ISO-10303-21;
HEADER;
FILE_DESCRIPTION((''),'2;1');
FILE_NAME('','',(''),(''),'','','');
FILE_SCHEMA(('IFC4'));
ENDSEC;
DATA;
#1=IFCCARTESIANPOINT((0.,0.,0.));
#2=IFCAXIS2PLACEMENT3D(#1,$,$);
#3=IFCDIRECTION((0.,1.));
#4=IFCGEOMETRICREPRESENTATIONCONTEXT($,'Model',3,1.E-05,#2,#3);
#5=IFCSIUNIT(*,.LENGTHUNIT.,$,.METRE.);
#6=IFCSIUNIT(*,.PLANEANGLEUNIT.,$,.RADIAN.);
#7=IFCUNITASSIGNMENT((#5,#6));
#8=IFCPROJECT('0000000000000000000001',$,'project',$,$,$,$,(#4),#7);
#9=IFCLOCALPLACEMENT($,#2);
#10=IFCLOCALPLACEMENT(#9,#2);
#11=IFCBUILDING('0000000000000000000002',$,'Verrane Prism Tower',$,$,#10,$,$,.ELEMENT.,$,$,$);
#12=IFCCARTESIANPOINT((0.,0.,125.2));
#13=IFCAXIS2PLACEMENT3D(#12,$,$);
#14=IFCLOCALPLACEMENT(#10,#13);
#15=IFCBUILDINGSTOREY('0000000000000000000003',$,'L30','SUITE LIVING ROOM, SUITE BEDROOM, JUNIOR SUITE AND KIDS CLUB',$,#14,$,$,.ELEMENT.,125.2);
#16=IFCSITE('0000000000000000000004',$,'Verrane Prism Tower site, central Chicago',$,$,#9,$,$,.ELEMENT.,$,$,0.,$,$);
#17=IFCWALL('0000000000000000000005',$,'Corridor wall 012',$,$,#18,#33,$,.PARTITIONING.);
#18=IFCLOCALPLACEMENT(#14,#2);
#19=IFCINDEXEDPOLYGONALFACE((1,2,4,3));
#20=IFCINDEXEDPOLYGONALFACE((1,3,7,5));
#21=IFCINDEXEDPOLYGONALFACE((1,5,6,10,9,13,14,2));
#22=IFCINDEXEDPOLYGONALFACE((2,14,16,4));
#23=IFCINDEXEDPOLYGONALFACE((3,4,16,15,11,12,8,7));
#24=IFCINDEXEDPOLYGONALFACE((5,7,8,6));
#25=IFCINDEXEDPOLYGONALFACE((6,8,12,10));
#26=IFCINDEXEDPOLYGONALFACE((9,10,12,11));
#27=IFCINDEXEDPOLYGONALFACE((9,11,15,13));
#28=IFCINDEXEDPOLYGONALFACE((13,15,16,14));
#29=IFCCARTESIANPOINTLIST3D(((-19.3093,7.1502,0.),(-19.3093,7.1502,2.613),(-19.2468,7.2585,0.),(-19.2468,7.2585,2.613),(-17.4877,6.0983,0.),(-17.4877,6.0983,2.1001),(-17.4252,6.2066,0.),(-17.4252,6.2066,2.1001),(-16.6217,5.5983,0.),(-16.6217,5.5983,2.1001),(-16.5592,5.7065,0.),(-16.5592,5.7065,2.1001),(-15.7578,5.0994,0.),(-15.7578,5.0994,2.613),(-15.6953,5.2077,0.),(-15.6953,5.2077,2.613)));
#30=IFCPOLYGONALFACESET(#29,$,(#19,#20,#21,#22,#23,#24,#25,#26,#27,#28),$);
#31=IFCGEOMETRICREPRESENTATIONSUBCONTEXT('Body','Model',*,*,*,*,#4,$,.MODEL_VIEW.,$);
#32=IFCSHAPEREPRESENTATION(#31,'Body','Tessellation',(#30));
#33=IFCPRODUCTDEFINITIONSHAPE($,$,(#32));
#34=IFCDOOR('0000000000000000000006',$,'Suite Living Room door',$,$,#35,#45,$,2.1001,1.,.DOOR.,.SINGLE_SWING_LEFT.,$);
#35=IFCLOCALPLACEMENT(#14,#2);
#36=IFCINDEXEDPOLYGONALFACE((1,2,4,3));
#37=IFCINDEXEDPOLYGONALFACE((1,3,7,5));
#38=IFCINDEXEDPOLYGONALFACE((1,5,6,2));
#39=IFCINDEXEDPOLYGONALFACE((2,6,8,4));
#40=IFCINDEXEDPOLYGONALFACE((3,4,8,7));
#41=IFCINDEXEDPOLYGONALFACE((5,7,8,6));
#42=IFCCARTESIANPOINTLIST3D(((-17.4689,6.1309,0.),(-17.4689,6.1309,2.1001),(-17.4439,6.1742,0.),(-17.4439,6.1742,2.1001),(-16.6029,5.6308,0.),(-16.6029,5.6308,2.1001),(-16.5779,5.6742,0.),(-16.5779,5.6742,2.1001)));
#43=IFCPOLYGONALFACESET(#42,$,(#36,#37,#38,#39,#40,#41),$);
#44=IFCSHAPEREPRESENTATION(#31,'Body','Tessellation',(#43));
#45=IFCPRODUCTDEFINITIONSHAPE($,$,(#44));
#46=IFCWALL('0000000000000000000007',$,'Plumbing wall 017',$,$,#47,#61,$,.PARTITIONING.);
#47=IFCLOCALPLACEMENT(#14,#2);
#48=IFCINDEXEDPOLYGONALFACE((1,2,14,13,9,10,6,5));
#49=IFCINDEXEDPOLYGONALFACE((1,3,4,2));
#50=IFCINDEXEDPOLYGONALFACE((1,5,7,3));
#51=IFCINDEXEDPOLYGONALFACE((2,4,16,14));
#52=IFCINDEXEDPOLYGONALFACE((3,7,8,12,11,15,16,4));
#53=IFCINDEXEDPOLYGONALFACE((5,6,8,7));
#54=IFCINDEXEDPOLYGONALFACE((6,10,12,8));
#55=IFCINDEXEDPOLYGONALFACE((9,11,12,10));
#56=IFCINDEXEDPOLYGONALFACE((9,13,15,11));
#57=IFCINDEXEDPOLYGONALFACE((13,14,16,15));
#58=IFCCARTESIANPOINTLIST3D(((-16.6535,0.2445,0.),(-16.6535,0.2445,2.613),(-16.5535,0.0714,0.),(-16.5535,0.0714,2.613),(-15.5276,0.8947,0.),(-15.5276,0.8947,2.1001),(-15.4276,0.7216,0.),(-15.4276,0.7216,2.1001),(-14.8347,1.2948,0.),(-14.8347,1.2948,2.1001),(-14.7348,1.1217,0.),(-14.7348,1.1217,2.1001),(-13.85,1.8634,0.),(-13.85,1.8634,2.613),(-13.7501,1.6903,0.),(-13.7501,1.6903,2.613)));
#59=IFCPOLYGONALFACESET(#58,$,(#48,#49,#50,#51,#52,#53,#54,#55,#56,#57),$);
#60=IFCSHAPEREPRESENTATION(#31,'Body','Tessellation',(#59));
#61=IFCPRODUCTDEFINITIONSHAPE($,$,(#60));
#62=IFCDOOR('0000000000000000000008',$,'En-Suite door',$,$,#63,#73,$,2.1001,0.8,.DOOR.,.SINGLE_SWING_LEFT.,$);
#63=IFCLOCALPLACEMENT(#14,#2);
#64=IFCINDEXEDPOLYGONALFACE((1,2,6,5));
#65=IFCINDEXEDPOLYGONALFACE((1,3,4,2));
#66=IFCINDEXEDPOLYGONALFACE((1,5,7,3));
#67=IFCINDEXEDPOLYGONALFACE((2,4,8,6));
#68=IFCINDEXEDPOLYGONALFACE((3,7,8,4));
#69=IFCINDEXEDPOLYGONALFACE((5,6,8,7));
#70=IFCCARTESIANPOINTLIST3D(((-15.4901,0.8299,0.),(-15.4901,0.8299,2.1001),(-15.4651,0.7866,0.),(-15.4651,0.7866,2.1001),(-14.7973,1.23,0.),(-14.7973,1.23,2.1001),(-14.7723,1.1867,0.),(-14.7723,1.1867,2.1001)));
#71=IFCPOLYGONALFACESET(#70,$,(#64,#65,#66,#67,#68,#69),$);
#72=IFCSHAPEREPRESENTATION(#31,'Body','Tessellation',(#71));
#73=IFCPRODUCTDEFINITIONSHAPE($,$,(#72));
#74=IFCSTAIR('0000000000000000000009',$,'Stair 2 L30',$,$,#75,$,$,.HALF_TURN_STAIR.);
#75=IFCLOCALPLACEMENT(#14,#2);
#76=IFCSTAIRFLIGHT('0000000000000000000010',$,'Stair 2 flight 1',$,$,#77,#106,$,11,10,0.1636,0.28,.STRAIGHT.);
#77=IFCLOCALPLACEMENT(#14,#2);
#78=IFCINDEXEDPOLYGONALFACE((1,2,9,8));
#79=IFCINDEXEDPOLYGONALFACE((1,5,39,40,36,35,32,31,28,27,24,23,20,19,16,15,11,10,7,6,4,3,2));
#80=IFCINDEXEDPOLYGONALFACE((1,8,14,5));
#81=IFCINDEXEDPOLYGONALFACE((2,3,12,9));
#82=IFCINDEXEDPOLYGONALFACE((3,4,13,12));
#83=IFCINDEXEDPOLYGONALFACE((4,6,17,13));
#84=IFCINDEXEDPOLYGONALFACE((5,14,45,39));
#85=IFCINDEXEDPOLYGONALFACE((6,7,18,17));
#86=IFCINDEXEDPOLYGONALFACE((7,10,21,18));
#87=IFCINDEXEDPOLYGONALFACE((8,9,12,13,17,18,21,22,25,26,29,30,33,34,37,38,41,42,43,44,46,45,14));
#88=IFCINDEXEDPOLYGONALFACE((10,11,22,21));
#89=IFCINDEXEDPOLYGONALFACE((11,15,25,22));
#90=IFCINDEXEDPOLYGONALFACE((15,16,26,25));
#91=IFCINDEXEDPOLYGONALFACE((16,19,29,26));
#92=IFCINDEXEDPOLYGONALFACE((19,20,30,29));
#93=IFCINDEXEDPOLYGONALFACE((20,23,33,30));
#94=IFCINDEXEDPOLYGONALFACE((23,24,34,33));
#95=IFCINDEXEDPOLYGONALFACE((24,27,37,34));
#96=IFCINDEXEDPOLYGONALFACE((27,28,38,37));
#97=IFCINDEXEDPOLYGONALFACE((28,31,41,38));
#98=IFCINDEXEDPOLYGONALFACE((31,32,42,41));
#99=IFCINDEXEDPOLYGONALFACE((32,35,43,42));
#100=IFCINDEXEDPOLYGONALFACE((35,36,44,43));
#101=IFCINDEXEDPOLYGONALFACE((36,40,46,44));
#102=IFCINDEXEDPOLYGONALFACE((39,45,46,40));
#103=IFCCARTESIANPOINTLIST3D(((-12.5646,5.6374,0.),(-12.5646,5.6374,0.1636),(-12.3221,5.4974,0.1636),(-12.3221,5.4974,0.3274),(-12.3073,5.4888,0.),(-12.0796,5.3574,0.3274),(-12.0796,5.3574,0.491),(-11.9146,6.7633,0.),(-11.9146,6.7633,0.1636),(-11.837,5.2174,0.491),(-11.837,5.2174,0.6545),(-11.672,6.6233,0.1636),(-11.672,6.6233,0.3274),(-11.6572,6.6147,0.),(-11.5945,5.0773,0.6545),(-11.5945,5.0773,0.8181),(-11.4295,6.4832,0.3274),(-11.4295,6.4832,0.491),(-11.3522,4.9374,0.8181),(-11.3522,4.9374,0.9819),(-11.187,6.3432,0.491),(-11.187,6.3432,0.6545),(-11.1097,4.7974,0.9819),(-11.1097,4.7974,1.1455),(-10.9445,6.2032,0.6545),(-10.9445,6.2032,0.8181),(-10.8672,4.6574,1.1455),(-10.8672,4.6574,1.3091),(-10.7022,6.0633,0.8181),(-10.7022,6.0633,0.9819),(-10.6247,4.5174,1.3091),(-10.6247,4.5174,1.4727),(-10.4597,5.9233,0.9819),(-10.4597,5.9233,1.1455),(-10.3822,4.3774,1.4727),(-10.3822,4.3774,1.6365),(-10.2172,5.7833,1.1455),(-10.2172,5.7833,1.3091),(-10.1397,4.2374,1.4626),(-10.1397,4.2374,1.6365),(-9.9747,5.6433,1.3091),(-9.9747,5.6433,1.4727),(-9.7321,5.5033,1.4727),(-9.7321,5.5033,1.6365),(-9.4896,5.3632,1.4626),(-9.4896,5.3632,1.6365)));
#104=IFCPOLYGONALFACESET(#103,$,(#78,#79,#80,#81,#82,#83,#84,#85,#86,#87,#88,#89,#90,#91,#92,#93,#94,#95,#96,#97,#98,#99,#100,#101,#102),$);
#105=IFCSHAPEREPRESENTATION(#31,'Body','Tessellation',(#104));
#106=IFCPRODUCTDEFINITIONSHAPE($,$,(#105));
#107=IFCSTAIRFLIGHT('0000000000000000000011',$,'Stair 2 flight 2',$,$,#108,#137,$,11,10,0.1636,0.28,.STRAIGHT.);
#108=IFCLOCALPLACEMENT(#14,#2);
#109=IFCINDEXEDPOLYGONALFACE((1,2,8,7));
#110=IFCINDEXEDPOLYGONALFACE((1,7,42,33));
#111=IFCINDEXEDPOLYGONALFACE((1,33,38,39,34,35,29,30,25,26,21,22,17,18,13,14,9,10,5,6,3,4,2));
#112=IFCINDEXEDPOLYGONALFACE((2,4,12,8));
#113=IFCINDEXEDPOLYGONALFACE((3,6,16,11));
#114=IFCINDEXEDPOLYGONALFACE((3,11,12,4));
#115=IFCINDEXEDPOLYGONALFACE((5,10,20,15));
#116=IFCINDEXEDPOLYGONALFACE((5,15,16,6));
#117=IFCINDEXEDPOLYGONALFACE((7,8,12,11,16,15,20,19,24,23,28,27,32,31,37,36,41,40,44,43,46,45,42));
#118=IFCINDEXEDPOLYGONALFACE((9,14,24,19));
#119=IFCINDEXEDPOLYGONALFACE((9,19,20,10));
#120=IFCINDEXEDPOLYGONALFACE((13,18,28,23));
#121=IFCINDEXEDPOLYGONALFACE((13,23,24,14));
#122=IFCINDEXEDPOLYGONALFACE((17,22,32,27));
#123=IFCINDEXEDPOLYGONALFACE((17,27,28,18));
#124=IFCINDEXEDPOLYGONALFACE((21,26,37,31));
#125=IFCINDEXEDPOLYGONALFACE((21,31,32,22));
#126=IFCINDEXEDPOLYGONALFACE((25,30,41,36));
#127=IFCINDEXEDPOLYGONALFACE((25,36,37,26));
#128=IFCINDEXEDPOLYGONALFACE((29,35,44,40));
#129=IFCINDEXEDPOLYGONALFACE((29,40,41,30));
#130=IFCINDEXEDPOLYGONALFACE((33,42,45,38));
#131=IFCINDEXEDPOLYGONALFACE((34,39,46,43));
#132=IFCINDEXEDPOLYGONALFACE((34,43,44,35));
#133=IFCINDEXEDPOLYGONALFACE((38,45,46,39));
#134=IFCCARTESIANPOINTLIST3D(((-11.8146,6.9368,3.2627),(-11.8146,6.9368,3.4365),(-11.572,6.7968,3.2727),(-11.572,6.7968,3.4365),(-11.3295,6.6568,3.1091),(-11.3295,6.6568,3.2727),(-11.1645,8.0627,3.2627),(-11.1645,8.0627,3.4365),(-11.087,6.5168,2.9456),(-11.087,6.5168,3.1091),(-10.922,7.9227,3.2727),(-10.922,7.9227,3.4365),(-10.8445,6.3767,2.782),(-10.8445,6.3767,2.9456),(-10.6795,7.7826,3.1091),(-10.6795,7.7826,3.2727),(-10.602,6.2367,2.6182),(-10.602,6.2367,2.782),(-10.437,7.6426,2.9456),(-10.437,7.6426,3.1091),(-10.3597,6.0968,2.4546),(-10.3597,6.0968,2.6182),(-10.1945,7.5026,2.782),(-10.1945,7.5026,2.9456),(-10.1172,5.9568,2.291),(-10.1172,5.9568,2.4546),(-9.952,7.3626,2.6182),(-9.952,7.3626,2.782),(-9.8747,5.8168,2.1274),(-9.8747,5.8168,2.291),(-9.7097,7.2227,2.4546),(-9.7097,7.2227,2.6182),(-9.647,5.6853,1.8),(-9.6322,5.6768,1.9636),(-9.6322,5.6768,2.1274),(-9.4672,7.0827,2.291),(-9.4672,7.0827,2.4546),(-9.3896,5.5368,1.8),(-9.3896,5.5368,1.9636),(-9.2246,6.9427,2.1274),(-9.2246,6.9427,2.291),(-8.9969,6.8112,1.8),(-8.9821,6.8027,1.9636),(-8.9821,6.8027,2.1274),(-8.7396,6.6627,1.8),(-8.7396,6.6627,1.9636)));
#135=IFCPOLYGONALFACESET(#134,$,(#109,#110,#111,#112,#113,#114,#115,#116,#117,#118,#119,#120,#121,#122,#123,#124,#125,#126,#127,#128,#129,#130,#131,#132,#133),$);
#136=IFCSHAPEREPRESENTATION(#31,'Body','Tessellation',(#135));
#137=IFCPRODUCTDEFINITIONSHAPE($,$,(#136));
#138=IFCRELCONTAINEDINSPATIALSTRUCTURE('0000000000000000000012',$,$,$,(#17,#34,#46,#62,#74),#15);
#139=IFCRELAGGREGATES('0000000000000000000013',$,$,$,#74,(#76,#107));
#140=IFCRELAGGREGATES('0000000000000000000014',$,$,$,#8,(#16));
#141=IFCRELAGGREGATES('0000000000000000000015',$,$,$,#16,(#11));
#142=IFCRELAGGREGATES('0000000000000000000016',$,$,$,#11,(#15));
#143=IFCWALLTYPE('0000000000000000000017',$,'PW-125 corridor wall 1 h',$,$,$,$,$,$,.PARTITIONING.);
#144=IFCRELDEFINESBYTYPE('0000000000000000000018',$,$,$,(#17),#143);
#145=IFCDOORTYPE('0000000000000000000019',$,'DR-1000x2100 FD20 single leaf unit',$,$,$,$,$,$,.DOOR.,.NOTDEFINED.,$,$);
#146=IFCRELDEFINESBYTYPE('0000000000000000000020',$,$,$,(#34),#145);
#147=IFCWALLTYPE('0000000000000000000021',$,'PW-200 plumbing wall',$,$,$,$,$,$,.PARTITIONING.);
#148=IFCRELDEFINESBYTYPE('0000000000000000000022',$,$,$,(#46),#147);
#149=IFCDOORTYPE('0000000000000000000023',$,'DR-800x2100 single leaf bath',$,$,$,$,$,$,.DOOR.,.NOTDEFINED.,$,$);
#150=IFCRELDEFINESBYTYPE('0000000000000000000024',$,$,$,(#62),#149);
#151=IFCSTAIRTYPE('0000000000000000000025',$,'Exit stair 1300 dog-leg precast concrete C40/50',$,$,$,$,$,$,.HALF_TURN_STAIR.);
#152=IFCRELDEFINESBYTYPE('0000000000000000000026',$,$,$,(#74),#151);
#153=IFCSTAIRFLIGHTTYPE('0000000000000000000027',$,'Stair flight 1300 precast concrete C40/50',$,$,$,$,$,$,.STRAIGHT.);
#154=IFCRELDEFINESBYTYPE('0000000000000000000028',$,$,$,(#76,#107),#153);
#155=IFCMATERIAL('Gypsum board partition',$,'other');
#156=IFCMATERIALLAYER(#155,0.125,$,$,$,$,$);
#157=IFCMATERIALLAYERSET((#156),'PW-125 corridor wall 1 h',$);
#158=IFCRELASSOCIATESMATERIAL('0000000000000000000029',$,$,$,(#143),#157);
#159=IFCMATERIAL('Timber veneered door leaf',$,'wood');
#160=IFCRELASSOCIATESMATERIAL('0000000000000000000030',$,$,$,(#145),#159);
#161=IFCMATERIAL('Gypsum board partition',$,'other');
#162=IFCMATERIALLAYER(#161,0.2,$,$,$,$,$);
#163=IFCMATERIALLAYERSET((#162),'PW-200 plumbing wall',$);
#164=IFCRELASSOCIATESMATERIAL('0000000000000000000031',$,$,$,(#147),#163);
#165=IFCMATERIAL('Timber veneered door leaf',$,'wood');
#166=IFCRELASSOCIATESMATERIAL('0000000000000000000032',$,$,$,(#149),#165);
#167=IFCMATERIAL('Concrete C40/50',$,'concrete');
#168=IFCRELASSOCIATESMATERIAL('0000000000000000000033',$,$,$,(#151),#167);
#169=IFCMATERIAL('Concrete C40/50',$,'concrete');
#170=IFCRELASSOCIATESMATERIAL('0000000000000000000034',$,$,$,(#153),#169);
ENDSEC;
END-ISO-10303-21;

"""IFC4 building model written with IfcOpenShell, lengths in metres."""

from ifc_helpers import new_model, si_unit, direction, frame, frame_2d, origin, place, context, subcontext, project, spatial, polyline, rectangle, outline, extrude, material, layer, layer_set, type_object, element, fill, aggregate, save


model = new_model("IFC4")

# Units and contexts
model_context = context("Model", 3, precision=1e-05, world=origin(), true_north=direction((0.0, 1.0)))
body_context = subcontext(model_context, "Body", "Model", "MODEL_VIEW")
ifc_project = project(units=[si_unit("LENGTHUNIT", "METRE"), si_unit("PLANEANGLEUNIT", "RADIAN")], contexts=[model_context])

# Site, building, storey
site_placement = place(None, origin())
site = spatial("IfcSite", under=ifc_project, at=site_placement, Name="Verrane Prism Tower site, central Chicago", CompositionType="ELEMENT", RefElevation=0.0)
building_placement = place(site_placement, origin())
building = spatial("IfcBuilding", under=site, at=building_placement, Name="Verrane Prism Tower", CompositionType="ELEMENT")
storey_placement = place(building_placement, frame((0.0, 0.0, 125.2)))
storey = spatial("IfcBuildingStorey", under=building, at=storey_placement, Name="L30", Description="SUITE LIVING ROOM, SUITE BEDROOM, JUNIOR SUITE AND KIDS CLUB", CompositionType="ELEMENT", Elevation=125.2)

# Walls, openings, doors
ifc_material_1 = material(Name="Gypsum board partition", Category="other")
ifc_layer_1 = layer(ifc_material_1, 0.125)
ifc_layer_set_1 = layer_set([ifc_layer_1], Name="PW-125 corridor wall 1 h")
wall_type_1 = type_object("IfcWallType", Name="PW-125 corridor wall 1 h", PredefinedType="PARTITIONING", material=ifc_layer_set_1)
wall_1_placement = place(storey_placement, frame((-15.7266, 5.1536, 0.0), z_axis=(0.0, 0.0, 1.0), x_axis=(-0.865992, 0.500057, 0.0)))
wall_1 = element("IfcWall", 1, at=wall_1_placement, inside=storey, type_object=wall_type_1, Name="Corridor wall 012", PredefinedType="PARTITIONING", context=body_context, shape_type="SweptSolid", body=[
    extrude(rectangle(XDim=4.1011, YDim=0.125, at=frame_2d((2.0505, 0.0))), origin(), (0.0, 0.0, 1.0), 2.613),
])
opening_1_placement = place(wall_1_placement, frame((0.9976, 0.0, 0.0)))
opening_1 = element("IfcOpeningElement", 2, at=opening_1_placement, cuts=wall_1, PredefinedType="OPENING", context=body_context, shape_type="SweptSolid", body=[
    extrude(rectangle(XDim=1.0, YDim=2.1001, at=frame_2d((0.5, 1.05))), frame((0.0, 0.0725, 0.0), z_axis=(0.0, -1.0, 0.0), x_axis=(1.0, 0.0, 0.0)), (0.0, 0.0, 1.0), 0.145),
])
ifc_material_2 = material(Name="Timber veneered door leaf", Category="wood")
door_type_1 = type_object("IfcDoorType", Name="DR-1000x2100 FD20 single leaf unit", OperationType="NOTDEFINED", PredefinedType="DOOR", material=ifc_material_2)
door_1_placement = place(opening_1_placement, origin())
door_1 = element("IfcDoor", 3, at=door_1_placement, inside=storey, type_object=door_type_1, Name="Suite Living Room door", OperationType="SINGLE_SWING_LEFT", OverallHeight=2.1001, OverallWidth=1.0, PredefinedType="DOOR", context=body_context, shape_type="SweptSolid", body=[
    extrude(rectangle(XDim=1.0, YDim=2.1001, at=frame_2d((0.5, 1.05))), frame((0.0, 0.0249, 0.0), z_axis=(0.0, -1.0, 0.0), x_axis=(1.0, 0.0, 0.0)), (0.0, 0.0, 1.0), 0.05),
])
fill(opening_1, door_1)
ifc_material_3 = material(Name="Gypsum board partition", Category="other")
ifc_layer_2 = layer(ifc_material_3, 0.2)
ifc_layer_set_2 = layer_set([ifc_layer_2], Name="PW-200 plumbing wall")
wall_type_2 = type_object("IfcWallType", Name="PW-200 plumbing wall", PredefinedType="PARTITIONING", material=ifc_layer_set_2)
wall_2_placement = place(storey_placement, frame((-13.8, 1.7769, 0.0), z_axis=(0.0, 0.0, 1.0), x_axis=(-0.865983, -0.500073, 0.0)))
wall_2 = element("IfcWall", 4, at=wall_2_placement, inside=storey, type_object=wall_type_2, Name="Plumbing wall 017", PredefinedType="PARTITIONING", context=body_context, shape_type="SweptSolid", body=[
    extrude(rectangle(XDim=3.2373, YDim=0.2, at=frame_2d((1.6187, 0.0))), origin(), (0.0, 0.0, 1.0), 2.613),
])
opening_2_placement = place(wall_2_placement, frame((1.1372, 0.0, 0.0)))
opening_2 = element("IfcOpeningElement", 5, at=opening_2_placement, cuts=wall_2, PredefinedType="OPENING", context=body_context, shape_type="SweptSolid", body=[
    extrude(rectangle(XDim=0.8, YDim=2.1001, at=frame_2d((0.3999, 1.05))), frame((0.0, 0.1099, 0.0), z_axis=(0.0, -1.0, 0.0), x_axis=(1.0, 0.0, 0.0)), (0.0, 0.0, 1.0), 0.22),
])
ifc_material_4 = material(Name="Timber veneered door leaf", Category="wood")
door_type_2 = type_object("IfcDoorType", Name="DR-800x2100 single leaf bath", OperationType="NOTDEFINED", PredefinedType="DOOR", material=ifc_material_4)
door_2_placement = place(opening_2_placement, origin())
door_2 = element("IfcDoor", 6, at=door_2_placement, inside=storey, type_object=door_type_2, Name="En-Suite door", OperationType="SINGLE_SWING_LEFT", OverallHeight=2.1001, OverallWidth=0.8, PredefinedType="DOOR", context=body_context, shape_type="SweptSolid", body=[
    extrude(rectangle(XDim=0.8, YDim=2.1001, at=frame_2d((0.3999, 1.05))), frame((0.0, 0.0249, 0.0), z_axis=(0.0, -1.0, 0.0), x_axis=(1.0, 0.0, 0.0)), (0.0, 0.0, 1.0), 0.05),
])
fill(opening_2, door_2)

# Stair, stair flights
ifc_material_5 = material(Name="Concrete C40/50", Category="concrete")
stair_type = type_object("IfcStairType", Name="Exit stair 1300 dog-leg precast concrete C40/50", PredefinedType="HALF_TURN_STAIR", material=ifc_material_5)
stair_placement = place(storey_placement, origin())
stair = element("IfcStair", 7, at=stair_placement, inside=storey, type_object=stair_type, Name="Stair 2 L30", PredefinedType="HALF_TURN_STAIR")
ifc_material_6 = material(Name="Concrete C40/50", Category="concrete")
stair_flight_type = type_object("IfcStairFlightType", Name="Stair flight 1300 precast concrete C40/50", PredefinedType="STRAIGHT", material=ifc_material_6)
stair_flight_1_placement = place(storey_placement, frame((-12.2395, 6.2004, 0.0), z_axis=(0.0, 0.0, 1.0), x_axis=(0.866025, -0.5, 0.0)))
stair_flight_1 = element("IfcStairFlight", 8, at=stair_flight_1_placement, type_object=stair_flight_type, Name="Stair 2 flight 1", NumberOfRisers=11, NumberOfTreads=10, PredefinedType="STRAIGHT", RiserHeight=0.1636, TreadLength=0.28, context=body_context, shape_type="SweptSolid", body=[
    extrude(outline(polyline([(0.0, 0.0), (0.0, 0.1636), (0.28, 0.1636), (0.28, 0.3274), (0.5601, 0.3274), (0.5601, 0.491), (0.8401, 0.491), (0.8401, 0.6545), (1.1201, 0.6545), (1.1201, 0.8181), (1.3999, 0.8181), (1.3999, 0.9819), (1.6799, 0.9819), (1.6799, 1.1455), (1.96, 1.1455), (1.96, 1.3091), (2.24, 1.3091), (2.24, 1.4727), (2.52, 1.4727), (2.52, 1.6365), (2.8, 1.6365), (2.8, 1.8), (2.8, 1.4626), (0.2971, 0.0), (0.0, 0.0)])), frame((0.0, 0.6499, 0.0), z_axis=(0.0, -1.0, 0.0), x_axis=(1.0, 0.0, 0.0)), (0.0, 0.0, 1.0), 1.3),
])
stair_flight_2_placement = place(storey_placement, frame((-9.0647, 6.0996, 1.8), z_axis=(0.0, 0.0, 1.0), x_axis=(-0.866025, 0.5, 0.0)))
stair_flight_2 = element("IfcStairFlight", 9, at=stair_flight_2_placement, type_object=stair_flight_type, Name="Stair 2 flight 2", NumberOfRisers=11, NumberOfTreads=10, PredefinedType="STRAIGHT", RiserHeight=0.1636, TreadLength=0.28, context=body_context, shape_type="SweptSolid", body=[
    extrude(outline(polyline([(0.0, 0.0), (0.0, 0.1636), (0.28, 0.1636), (0.28, 0.3274), (0.5601, 0.3274), (0.5601, 0.491), (0.8401, 0.491), (0.8401, 0.6545), (1.1201, 0.6545), (1.1201, 0.8181), (1.3999, 0.8181), (1.3999, 0.9819), (1.6799, 0.9819), (1.6799, 1.1455), (1.96, 1.1455), (1.96, 1.3091), (2.24, 1.3091), (2.24, 1.4727), (2.52, 1.4727), (2.52, 1.6365), (2.8, 1.6365), (2.8, 1.8), (2.8, 1.4626), (0.2971, 0.0), (0.0, 0.0)])), frame((0.0, 0.6499, 0.0), z_axis=(0.0, -1.0, 0.0), x_axis=(1.0, 0.0, 0.0)), (0.0, 0.0, 1.0), 1.3),
])
aggregate(stair, [stair_flight_1, stair_flight_2])

save(model, "model.ifc")
